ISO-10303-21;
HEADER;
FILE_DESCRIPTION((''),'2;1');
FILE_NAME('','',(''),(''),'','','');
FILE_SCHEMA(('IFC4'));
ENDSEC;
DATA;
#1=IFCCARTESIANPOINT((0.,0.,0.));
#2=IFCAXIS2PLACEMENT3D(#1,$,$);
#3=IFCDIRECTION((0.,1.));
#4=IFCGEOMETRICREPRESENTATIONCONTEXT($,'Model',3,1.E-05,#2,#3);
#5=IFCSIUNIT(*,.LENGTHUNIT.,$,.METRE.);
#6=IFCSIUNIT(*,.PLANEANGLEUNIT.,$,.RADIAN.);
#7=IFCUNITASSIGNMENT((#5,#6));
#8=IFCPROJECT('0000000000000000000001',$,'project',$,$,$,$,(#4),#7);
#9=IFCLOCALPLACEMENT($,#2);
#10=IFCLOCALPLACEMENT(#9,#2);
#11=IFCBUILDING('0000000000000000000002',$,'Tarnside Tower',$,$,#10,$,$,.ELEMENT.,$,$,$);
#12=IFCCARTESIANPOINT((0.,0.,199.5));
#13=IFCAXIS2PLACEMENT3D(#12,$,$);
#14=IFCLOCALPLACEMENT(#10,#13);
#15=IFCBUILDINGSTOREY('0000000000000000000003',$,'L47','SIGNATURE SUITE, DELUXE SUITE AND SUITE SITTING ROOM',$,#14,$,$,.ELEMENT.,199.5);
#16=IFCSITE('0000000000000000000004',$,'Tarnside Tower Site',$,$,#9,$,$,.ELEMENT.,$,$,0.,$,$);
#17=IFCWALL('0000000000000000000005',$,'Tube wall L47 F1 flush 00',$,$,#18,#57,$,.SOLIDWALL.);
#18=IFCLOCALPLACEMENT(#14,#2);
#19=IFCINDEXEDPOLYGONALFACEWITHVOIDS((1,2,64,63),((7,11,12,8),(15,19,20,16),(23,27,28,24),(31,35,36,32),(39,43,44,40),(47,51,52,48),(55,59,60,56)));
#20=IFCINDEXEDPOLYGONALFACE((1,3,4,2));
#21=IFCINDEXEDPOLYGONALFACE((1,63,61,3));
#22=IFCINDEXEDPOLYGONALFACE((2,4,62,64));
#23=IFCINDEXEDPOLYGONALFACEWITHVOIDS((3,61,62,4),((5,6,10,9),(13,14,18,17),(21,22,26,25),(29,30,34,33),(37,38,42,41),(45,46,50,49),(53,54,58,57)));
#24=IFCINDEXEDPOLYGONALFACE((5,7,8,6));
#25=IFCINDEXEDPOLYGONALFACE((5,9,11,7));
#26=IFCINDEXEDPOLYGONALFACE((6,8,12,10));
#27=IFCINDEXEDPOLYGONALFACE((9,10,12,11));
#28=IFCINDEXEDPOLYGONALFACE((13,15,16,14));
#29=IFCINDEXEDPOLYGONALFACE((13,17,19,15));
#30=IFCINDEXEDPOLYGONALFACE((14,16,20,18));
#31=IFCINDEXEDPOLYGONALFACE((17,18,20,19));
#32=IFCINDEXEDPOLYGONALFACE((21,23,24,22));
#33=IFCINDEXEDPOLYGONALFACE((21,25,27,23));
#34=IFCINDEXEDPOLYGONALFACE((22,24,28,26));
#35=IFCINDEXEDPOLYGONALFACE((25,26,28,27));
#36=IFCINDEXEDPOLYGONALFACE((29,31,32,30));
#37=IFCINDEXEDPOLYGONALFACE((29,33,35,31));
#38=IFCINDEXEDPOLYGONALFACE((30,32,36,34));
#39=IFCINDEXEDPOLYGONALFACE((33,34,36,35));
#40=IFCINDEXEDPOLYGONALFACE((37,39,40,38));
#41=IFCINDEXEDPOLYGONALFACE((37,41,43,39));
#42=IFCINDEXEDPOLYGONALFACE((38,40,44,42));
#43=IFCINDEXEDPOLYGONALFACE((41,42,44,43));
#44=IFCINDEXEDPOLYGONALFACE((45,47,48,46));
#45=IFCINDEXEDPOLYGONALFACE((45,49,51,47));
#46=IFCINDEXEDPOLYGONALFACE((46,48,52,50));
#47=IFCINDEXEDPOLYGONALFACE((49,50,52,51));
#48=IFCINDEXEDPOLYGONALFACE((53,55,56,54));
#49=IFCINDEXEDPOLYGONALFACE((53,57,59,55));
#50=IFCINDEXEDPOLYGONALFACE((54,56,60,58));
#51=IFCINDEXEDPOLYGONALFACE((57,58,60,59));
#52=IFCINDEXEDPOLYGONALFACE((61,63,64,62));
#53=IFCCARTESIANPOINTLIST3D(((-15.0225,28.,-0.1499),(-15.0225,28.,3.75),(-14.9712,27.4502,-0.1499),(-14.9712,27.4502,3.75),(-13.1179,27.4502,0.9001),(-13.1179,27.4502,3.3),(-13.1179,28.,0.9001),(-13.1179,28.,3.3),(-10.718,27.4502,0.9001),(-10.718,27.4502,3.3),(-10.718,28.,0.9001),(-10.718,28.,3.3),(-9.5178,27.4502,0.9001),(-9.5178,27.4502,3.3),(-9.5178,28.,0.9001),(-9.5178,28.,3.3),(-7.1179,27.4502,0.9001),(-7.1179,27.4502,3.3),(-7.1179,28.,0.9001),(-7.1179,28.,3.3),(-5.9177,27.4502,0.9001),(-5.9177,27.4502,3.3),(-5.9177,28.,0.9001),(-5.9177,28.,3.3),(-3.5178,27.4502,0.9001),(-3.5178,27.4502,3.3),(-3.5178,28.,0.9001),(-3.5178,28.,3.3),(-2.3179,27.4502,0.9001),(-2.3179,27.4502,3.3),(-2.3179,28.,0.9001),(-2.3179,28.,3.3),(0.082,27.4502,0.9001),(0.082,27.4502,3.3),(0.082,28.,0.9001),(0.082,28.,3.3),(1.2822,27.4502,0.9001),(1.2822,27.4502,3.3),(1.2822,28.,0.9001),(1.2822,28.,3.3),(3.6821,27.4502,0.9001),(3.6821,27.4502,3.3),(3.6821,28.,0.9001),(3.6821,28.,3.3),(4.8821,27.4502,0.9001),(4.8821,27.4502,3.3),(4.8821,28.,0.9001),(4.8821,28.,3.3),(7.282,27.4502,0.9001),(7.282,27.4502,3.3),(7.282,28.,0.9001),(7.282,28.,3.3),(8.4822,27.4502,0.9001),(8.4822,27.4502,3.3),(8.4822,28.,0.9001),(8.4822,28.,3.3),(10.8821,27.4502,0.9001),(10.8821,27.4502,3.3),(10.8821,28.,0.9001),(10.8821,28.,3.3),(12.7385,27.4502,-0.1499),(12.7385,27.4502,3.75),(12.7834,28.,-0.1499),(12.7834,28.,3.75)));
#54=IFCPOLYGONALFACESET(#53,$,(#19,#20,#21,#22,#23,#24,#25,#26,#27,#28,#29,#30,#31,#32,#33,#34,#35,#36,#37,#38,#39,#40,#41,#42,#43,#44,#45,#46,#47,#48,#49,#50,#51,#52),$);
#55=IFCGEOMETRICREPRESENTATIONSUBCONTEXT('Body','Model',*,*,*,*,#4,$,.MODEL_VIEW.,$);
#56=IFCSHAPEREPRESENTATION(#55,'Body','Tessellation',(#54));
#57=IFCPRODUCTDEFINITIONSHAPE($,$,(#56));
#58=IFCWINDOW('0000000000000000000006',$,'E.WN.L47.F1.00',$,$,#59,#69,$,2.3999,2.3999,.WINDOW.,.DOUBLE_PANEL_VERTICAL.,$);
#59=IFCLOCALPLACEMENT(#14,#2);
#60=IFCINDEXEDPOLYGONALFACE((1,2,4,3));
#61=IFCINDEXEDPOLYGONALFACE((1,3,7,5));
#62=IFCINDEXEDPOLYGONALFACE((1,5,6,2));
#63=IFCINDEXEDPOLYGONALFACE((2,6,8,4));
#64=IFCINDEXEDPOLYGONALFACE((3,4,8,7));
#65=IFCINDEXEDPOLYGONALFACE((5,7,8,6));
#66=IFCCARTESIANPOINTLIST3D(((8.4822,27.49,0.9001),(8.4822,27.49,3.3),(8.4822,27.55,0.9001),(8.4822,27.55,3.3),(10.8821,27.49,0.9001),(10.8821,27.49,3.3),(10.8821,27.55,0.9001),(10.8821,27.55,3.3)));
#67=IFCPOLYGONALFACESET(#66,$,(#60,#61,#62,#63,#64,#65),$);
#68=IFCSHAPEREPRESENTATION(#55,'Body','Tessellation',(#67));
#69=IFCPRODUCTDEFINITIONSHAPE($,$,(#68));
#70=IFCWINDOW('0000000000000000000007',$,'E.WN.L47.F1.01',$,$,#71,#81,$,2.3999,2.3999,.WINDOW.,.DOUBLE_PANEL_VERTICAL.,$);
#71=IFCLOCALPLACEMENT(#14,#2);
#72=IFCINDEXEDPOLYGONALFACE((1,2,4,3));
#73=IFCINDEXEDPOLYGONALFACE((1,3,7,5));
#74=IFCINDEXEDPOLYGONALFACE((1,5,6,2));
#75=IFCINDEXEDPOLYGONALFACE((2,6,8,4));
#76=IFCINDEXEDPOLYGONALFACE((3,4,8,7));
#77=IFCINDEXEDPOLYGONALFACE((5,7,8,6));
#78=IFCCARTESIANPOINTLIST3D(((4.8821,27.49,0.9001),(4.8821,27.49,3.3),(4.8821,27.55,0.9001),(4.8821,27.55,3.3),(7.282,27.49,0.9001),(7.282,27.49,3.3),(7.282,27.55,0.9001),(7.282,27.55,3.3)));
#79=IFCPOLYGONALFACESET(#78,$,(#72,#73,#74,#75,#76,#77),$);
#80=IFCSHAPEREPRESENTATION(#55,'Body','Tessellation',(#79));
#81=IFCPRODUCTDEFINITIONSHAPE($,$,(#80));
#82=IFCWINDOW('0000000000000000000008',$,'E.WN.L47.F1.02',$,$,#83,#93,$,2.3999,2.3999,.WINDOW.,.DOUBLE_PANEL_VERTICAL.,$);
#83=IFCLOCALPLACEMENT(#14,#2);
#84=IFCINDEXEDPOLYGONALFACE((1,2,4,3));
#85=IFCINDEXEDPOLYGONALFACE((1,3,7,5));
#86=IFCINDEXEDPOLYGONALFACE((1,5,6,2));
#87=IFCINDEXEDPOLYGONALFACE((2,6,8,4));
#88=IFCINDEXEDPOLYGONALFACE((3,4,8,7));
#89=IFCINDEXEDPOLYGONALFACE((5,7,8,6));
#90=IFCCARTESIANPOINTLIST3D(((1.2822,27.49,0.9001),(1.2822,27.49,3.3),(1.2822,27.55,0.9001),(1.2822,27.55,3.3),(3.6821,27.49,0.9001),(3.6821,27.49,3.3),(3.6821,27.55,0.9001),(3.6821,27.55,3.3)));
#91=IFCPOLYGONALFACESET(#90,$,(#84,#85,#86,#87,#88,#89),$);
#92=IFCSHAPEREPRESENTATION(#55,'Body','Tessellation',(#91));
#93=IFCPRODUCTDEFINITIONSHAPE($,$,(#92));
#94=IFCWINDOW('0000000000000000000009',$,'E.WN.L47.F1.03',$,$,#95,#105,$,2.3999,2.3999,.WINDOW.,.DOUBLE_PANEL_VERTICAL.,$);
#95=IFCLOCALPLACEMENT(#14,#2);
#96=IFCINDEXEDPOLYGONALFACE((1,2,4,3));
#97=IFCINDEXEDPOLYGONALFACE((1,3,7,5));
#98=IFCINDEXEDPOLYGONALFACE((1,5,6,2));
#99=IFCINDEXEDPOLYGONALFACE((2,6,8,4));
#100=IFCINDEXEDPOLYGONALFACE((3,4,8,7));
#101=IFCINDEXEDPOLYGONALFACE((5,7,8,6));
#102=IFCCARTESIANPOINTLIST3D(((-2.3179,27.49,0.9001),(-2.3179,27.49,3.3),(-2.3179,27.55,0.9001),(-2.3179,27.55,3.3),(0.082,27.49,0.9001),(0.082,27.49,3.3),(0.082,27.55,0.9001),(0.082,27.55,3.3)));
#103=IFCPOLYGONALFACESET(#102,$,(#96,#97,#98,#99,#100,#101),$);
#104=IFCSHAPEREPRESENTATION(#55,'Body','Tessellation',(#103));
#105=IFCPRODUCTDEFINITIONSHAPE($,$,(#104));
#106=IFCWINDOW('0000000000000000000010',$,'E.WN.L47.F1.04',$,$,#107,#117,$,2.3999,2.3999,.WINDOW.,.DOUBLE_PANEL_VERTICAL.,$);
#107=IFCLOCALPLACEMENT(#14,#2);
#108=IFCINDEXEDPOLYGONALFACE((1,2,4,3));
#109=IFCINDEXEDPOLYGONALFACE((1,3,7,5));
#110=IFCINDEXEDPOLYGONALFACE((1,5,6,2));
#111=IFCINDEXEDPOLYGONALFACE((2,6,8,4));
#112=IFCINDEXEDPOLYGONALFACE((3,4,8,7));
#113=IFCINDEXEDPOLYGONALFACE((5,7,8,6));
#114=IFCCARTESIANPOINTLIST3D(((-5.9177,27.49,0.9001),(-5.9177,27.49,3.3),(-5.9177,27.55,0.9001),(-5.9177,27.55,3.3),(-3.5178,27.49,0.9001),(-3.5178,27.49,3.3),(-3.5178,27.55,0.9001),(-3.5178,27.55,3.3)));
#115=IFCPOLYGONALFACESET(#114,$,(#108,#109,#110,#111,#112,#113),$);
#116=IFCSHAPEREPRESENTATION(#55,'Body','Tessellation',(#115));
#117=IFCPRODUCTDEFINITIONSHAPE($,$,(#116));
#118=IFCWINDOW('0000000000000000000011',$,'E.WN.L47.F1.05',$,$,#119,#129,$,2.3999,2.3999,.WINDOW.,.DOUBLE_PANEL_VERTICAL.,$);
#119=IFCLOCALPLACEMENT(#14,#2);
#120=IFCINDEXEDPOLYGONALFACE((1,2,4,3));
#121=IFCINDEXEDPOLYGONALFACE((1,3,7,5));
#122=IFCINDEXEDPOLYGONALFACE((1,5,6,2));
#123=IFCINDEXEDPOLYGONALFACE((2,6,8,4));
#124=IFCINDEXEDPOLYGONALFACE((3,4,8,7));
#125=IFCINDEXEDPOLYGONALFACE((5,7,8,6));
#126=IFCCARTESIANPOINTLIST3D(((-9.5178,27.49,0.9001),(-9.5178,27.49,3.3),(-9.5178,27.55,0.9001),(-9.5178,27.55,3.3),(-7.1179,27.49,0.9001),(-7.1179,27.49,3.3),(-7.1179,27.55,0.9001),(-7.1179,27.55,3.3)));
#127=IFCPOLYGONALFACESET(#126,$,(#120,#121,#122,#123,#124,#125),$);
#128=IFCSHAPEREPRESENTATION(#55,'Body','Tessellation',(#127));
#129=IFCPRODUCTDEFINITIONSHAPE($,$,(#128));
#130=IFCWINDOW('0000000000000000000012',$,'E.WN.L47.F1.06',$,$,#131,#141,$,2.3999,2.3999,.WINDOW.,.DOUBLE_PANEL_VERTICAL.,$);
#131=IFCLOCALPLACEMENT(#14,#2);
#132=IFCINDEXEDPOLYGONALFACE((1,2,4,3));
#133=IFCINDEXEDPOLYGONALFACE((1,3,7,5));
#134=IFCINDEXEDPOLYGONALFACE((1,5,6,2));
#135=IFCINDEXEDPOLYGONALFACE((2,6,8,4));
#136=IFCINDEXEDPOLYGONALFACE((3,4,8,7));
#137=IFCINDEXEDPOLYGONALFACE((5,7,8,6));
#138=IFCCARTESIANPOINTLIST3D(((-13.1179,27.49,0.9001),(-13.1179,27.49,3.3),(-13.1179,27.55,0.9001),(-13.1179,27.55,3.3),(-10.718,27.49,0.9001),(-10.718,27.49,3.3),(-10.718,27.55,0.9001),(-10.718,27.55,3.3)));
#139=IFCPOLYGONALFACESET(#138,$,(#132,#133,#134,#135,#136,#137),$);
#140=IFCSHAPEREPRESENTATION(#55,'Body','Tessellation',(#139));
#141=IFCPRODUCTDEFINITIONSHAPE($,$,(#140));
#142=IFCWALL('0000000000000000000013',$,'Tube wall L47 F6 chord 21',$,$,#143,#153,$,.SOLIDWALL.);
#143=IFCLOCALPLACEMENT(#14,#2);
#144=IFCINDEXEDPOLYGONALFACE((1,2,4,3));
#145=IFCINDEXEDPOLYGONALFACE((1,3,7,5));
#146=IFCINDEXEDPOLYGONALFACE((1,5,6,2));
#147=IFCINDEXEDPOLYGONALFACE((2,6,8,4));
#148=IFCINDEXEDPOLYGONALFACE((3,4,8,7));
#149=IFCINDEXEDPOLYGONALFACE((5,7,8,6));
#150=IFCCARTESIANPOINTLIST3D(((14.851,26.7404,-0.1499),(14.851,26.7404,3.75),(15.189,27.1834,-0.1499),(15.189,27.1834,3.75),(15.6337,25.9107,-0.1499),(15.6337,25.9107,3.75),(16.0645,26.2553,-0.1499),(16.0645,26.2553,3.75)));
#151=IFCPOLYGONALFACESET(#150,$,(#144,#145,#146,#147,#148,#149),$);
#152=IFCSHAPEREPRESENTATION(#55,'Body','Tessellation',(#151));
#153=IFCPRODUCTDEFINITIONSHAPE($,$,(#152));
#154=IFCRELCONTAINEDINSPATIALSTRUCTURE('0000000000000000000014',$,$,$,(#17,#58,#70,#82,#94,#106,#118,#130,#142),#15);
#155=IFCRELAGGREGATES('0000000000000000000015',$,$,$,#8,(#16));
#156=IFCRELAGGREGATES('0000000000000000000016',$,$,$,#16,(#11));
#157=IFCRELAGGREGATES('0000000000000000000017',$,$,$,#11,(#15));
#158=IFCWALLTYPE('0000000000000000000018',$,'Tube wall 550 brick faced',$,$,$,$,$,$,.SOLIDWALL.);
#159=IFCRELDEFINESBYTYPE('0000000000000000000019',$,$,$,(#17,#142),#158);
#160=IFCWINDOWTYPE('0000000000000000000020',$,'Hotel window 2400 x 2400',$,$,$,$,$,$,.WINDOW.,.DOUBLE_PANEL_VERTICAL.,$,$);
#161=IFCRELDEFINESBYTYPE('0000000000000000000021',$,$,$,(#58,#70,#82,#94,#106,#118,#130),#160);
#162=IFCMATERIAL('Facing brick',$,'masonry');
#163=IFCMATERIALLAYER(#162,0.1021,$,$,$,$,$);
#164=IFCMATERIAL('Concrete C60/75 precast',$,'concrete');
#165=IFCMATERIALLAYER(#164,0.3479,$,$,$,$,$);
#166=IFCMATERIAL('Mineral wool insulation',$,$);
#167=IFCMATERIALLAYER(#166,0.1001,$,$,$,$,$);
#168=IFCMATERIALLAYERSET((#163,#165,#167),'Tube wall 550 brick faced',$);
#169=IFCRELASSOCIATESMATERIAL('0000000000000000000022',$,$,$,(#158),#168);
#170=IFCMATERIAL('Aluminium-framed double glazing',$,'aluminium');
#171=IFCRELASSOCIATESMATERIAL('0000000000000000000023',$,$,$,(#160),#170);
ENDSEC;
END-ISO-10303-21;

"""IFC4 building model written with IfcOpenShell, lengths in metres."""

from ifc_helpers import new_model, si_unit, direction, frame, frame_2d, origin, place, context, subcontext, project, spatial, polyline, rectangle, outline, extrude, material, layer, layer_set, type_object, element, fill, save


model = new_model("IFC4")

# Units and contexts
model_context = context("Model", 3, precision=1e-05, world=origin(), true_north=direction((0.0, 1.0)))
body_context = subcontext(model_context, "Body", "Model", "MODEL_VIEW")
ifc_project = project(units=[si_unit("LENGTHUNIT", "METRE"), si_unit("PLANEANGLEUNIT", "RADIAN")], contexts=[model_context])

# Site, building, storey
site_placement = place(None, origin())
site = spatial("IfcSite", under=ifc_project, at=site_placement, Name="Tarnside Tower Site", CompositionType="ELEMENT", RefElevation=0.0)
building_placement = place(site_placement, origin())
building = spatial("IfcBuilding", under=site, at=building_placement, Name="Tarnside Tower", CompositionType="ELEMENT")
storey_placement = place(building_placement, frame((0.0, 0.0, 199.5)))
storey = spatial("IfcBuildingStorey", under=building, at=storey_placement, Name="L47", Description="SIGNATURE SUITE, DELUXE SUITE AND SUITE SITTING ROOM", CompositionType="ELEMENT", Elevation=199.5)

# Wall, openings, windows
ifc_material_1 = material(Name="Facing brick", Category="masonry")
ifc_layer_1 = layer(ifc_material_1, 0.1021)
ifc_material_2 = material(Name="Concrete C60/75 precast", Category="concrete")
ifc_layer_2 = layer(ifc_material_2, 0.3479)
ifc_material_3 = material(Name="Mineral wool insulation")
ifc_layer_3 = layer(ifc_material_3, 0.1001)
ifc_layer_set_1 = layer_set([ifc_layer_1, ifc_layer_2, ifc_layer_3], Name="Tube wall 550 brick faced")
wall_type_1 = type_object("IfcWallType", Name="Tube wall 550 brick faced", PredefinedType="SOLIDWALL", material=ifc_layer_set_1)
wall_1_placement = place(storey_placement, frame((12.761, 27.7251, -0.1499), z_axis=(0.0, 0.0, 1.0), x_axis=(-1.0, 0.0, 0.0)))
wall_1 = element("IfcWall", 1, at=wall_1_placement, inside=storey, type_object=wall_type_1, Name="Tube wall L47 F1 flush 00", PredefinedType="SOLIDWALL", context=body_context, shape_type="SweptSolid", body=[
    extrude(outline(polyline([(-0.0225, -0.2749), (27.7834, -0.2749), (27.7322, 0.2749), (0.0225, 0.2749), (-0.0225, -0.2749)])), origin(), (0.0, 0.0, 1.0), 3.8999),
])
opening_1_placement = place(wall_1_placement, frame((1.8789, 0.0, 1.05)))
opening_1 = element("IfcOpeningElement", 2, at=opening_1_placement, cuts=wall_1, PredefinedType="OPENING", context=body_context, shape_type="SweptSolid", body=[
    extrude(rectangle(XDim=2.3999, YDim=2.3999, at=frame_2d((1.2, 1.2))), frame((0.0, 0.2852, 0.0), z_axis=(0.0, -1.0, 0.0), x_axis=(1.0, 0.0, 0.0)), (0.0, 0.0, 1.0), 0.5701),
])
opening_2_placement = place(wall_1_placement, frame((5.479, 0.0, 1.05)))
opening_2 = element("IfcOpeningElement", 3, at=opening_2_placement, cuts=wall_1, PredefinedType="OPENING", context=body_context, shape_type="SweptSolid", body=[
    extrude(rectangle(XDim=2.3999, YDim=2.3999, at=frame_2d((1.2, 1.2))), frame((0.0, 0.2852, 0.0), z_axis=(0.0, -1.0, 0.0), x_axis=(1.0, 0.0, 0.0)), (0.0, 0.0, 1.0), 0.5701),
])
opening_3_placement = place(wall_1_placement, frame((9.0789, 0.0, 1.05)))
opening_3 = element("IfcOpeningElement", 4, at=opening_3_placement, cuts=wall_1, PredefinedType="OPENING", context=body_context, shape_type="SweptSolid", body=[
    extrude(rectangle(XDim=2.3999, YDim=2.3999, at=frame_2d((1.2, 1.2))), frame((0.0, 0.2852, 0.0), z_axis=(0.0, -1.0, 0.0), x_axis=(1.0, 0.0, 0.0)), (0.0, 0.0, 1.0), 0.5701),
])
opening_4_placement = place(wall_1_placement, frame((12.679, 0.0, 1.05)))
opening_4 = element("IfcOpeningElement", 5, at=opening_4_placement, cuts=wall_1, PredefinedType="OPENING", context=body_context, shape_type="SweptSolid", body=[
    extrude(rectangle(XDim=2.3999, YDim=2.3999, at=frame_2d((1.2, 1.2))), frame((0.0, 0.2852, 0.0), z_axis=(0.0, -1.0, 0.0), x_axis=(1.0, 0.0, 0.0)), (0.0, 0.0, 1.0), 0.5701),
])
opening_5_placement = place(wall_1_placement, frame((16.2788, 0.0, 1.05)))
opening_5 = element("IfcOpeningElement", 6, at=opening_5_placement, cuts=wall_1, PredefinedType="OPENING", context=body_context, shape_type="SweptSolid", body=[
    extrude(rectangle(XDim=2.3999, YDim=2.3999, at=frame_2d((1.2, 1.2))), frame((0.0, 0.2852, 0.0), z_axis=(0.0, -1.0, 0.0), x_axis=(1.0, 0.0, 0.0)), (0.0, 0.0, 1.0), 0.5701),
])
opening_6_placement = place(wall_1_placement, frame((19.8789, 0.0, 1.05)))
opening_6 = element("IfcOpeningElement", 7, at=opening_6_placement, cuts=wall_1, PredefinedType="OPENING", context=body_context, shape_type="SweptSolid", body=[
    extrude(rectangle(XDim=2.3999, YDim=2.3999, at=frame_2d((1.2, 1.2))), frame((0.0, 0.2852, 0.0), z_axis=(0.0, -1.0, 0.0), x_axis=(1.0, 0.0, 0.0)), (0.0, 0.0, 1.0), 0.5701),
])
opening_7_placement = place(wall_1_placement, frame((23.479, 0.0, 1.05)))
opening_7 = element("IfcOpeningElement", 8, at=opening_7_placement, cuts=wall_1, PredefinedType="OPENING", context=body_context, shape_type="SweptSolid", body=[
    extrude(rectangle(XDim=2.3999, YDim=2.3999, at=frame_2d((1.2, 1.2))), frame((0.0, 0.2852, 0.0), z_axis=(0.0, -1.0, 0.0), x_axis=(1.0, 0.0, 0.0)), (0.0, 0.0, 1.0), 0.5701),
])
ifc_material_4 = material(Name="Aluminium-framed double glazing", Category="aluminium")
window_type = type_object("IfcWindowType", Name="Hotel window 2400 x 2400", PartitioningType="DOUBLE_PANEL_VERTICAL", PredefinedType="WINDOW", material=ifc_material_4)
window_1_placement = place(opening_1_placement, frame((0.0, 0.2051, 0.0)))
window_1 = element("IfcWindow", 9, at=window_1_placement, inside=storey, type_object=window_type, Name="E.WN.L47.F1.00", OverallHeight=2.3999, OverallWidth=2.3999, PartitioningType="DOUBLE_PANEL_VERTICAL", PredefinedType="WINDOW", context=body_context, shape_type="SweptSolid", body=[
    extrude(rectangle(XDim=2.3999, YDim=2.3999, at=frame_2d((1.2, 1.2))), frame((0.0, 0.03, 0.0), z_axis=(0.0, -1.0, 0.0), x_axis=(1.0, 0.0, 0.0)), (0.0, 0.0, 1.0), 0.0601),
])
fill(opening_1, window_1)
window_2_placement = place(opening_2_placement, frame((0.0, 0.2051, 0.0)))
window_2 = element("IfcWindow", 10, at=window_2_placement, inside=storey, type_object=window_type, Name="E.WN.L47.F1.01", OverallHeight=2.3999, OverallWidth=2.3999, PartitioningType="DOUBLE_PANEL_VERTICAL", PredefinedType="WINDOW", context=body_context, shape_type="SweptSolid", body=[
    extrude(rectangle(XDim=2.3999, YDim=2.3999, at=frame_2d((1.2, 1.2))), frame((0.0, 0.03, 0.0), z_axis=(0.0, -1.0, 0.0), x_axis=(1.0, 0.0, 0.0)), (0.0, 0.0, 1.0), 0.0601),
])
fill(opening_2, window_2)
window_3_placement = place(opening_3_placement, frame((0.0, 0.2051, 0.0)))
window_3 = element("IfcWindow", 11, at=window_3_placement, inside=storey, type_object=window_type, Name="E.WN.L47.F1.02", OverallHeight=2.3999, OverallWidth=2.3999, PartitioningType="DOUBLE_PANEL_VERTICAL", PredefinedType="WINDOW", context=body_context, shape_type="SweptSolid", body=[
    extrude(rectangle(XDim=2.3999, YDim=2.3999, at=frame_2d((1.2, 1.2))), frame((0.0, 0.03, 0.0), z_axis=(0.0, -1.0, 0.0), x_axis=(1.0, 0.0, 0.0)), (0.0, 0.0, 1.0), 0.0601),
])
fill(opening_3, window_3)
window_4_placement = place(opening_4_placement, frame((0.0, 0.2051, 0.0)))
window_4 = element("IfcWindow", 12, at=window_4_placement, inside=storey, type_object=window_type, Name="E.WN.L47.F1.03", OverallHeight=2.3999, OverallWidth=2.3999, PartitioningType="DOUBLE_PANEL_VERTICAL", PredefinedType="WINDOW", context=body_context, shape_type="SweptSolid", body=[
    extrude(rectangle(XDim=2.3999, YDim=2.3999, at=frame_2d((1.2, 1.2))), frame((0.0, 0.03, 0.0), z_axis=(0.0, -1.0, 0.0), x_axis=(1.0, 0.0, 0.0)), (0.0, 0.0, 1.0), 0.0601),
])
fill(opening_4, window_4)
window_5_placement = place(opening_5_placement, frame((0.0, 0.2051, 0.0)))
window_5 = element("IfcWindow", 13, at=window_5_placement, inside=storey, type_object=window_type, Name="E.WN.L47.F1.04", OverallHeight=2.3999, OverallWidth=2.3999, PartitioningType="DOUBLE_PANEL_VERTICAL", PredefinedType="WINDOW", context=body_context, shape_type="SweptSolid", body=[
    extrude(rectangle(XDim=2.3999, YDim=2.3999, at=frame_2d((1.2, 1.2))), frame((0.0, 0.03, 0.0), z_axis=(0.0, -1.0, 0.0), x_axis=(1.0, 0.0, 0.0)), (0.0, 0.0, 1.0), 0.0601),
])
fill(opening_5, window_5)
window_6_placement = place(opening_6_placement, frame((0.0, 0.2051, 0.0)))
window_6 = element("IfcWindow", 14, at=window_6_placement, inside=storey, type_object=window_type, Name="E.WN.L47.F1.05", OverallHeight=2.3999, OverallWidth=2.3999, PartitioningType="DOUBLE_PANEL_VERTICAL", PredefinedType="WINDOW", context=body_context, shape_type="SweptSolid", body=[
    extrude(rectangle(XDim=2.3999, YDim=2.3999, at=frame_2d((1.2, 1.2))), frame((0.0, 0.03, 0.0), z_axis=(0.0, -1.0, 0.0), x_axis=(1.0, 0.0, 0.0)), (0.0, 0.0, 1.0), 0.0601),
])
fill(opening_6, window_6)
window_7_placement = place(opening_7_placement, frame((0.0, 0.2051, 0.0)))
window_7 = element("IfcWindow", 15, at=window_7_placement, inside=storey, type_object=window_type, Name="E.WN.L47.F1.06", OverallHeight=2.3999, OverallWidth=2.3999, PartitioningType="DOUBLE_PANEL_VERTICAL", PredefinedType="WINDOW", context=body_context, shape_type="SweptSolid", body=[
    extrude(rectangle(XDim=2.3999, YDim=2.3999, at=frame_2d((1.2, 1.2))), frame((0.0, 0.03, 0.0), z_axis=(0.0, -1.0, 0.0), x_axis=(1.0, 0.0, 0.0)), (0.0, 0.0, 1.0), 0.0601),
])
fill(opening_7, window_7)

# Wall
wall_2_placement = place(storey_placement, frame((15.8491, 26.083, -0.1499), z_axis=(0.0, 0.0, 1.0), x_axis=(-0.686196, 0.727416, 0.0)))
element("IfcWall", 16, at=wall_2_placement, inside=storey, type_object=wall_type_1, Name="Tube wall L47 F6 chord 21", PredefinedType="SOLIDWALL", context=body_context, shape_type="SweptSolid", body=[
    extrude(outline(polyline([(-0.0225, -0.2749), (1.2534, -0.2749), (1.1631, 0.2749), (0.0225, 0.2749), (-0.0225, -0.2749)])), origin(), (0.0, 0.0, 1.0), 3.8999),
])

save(model, "model.ifc")
